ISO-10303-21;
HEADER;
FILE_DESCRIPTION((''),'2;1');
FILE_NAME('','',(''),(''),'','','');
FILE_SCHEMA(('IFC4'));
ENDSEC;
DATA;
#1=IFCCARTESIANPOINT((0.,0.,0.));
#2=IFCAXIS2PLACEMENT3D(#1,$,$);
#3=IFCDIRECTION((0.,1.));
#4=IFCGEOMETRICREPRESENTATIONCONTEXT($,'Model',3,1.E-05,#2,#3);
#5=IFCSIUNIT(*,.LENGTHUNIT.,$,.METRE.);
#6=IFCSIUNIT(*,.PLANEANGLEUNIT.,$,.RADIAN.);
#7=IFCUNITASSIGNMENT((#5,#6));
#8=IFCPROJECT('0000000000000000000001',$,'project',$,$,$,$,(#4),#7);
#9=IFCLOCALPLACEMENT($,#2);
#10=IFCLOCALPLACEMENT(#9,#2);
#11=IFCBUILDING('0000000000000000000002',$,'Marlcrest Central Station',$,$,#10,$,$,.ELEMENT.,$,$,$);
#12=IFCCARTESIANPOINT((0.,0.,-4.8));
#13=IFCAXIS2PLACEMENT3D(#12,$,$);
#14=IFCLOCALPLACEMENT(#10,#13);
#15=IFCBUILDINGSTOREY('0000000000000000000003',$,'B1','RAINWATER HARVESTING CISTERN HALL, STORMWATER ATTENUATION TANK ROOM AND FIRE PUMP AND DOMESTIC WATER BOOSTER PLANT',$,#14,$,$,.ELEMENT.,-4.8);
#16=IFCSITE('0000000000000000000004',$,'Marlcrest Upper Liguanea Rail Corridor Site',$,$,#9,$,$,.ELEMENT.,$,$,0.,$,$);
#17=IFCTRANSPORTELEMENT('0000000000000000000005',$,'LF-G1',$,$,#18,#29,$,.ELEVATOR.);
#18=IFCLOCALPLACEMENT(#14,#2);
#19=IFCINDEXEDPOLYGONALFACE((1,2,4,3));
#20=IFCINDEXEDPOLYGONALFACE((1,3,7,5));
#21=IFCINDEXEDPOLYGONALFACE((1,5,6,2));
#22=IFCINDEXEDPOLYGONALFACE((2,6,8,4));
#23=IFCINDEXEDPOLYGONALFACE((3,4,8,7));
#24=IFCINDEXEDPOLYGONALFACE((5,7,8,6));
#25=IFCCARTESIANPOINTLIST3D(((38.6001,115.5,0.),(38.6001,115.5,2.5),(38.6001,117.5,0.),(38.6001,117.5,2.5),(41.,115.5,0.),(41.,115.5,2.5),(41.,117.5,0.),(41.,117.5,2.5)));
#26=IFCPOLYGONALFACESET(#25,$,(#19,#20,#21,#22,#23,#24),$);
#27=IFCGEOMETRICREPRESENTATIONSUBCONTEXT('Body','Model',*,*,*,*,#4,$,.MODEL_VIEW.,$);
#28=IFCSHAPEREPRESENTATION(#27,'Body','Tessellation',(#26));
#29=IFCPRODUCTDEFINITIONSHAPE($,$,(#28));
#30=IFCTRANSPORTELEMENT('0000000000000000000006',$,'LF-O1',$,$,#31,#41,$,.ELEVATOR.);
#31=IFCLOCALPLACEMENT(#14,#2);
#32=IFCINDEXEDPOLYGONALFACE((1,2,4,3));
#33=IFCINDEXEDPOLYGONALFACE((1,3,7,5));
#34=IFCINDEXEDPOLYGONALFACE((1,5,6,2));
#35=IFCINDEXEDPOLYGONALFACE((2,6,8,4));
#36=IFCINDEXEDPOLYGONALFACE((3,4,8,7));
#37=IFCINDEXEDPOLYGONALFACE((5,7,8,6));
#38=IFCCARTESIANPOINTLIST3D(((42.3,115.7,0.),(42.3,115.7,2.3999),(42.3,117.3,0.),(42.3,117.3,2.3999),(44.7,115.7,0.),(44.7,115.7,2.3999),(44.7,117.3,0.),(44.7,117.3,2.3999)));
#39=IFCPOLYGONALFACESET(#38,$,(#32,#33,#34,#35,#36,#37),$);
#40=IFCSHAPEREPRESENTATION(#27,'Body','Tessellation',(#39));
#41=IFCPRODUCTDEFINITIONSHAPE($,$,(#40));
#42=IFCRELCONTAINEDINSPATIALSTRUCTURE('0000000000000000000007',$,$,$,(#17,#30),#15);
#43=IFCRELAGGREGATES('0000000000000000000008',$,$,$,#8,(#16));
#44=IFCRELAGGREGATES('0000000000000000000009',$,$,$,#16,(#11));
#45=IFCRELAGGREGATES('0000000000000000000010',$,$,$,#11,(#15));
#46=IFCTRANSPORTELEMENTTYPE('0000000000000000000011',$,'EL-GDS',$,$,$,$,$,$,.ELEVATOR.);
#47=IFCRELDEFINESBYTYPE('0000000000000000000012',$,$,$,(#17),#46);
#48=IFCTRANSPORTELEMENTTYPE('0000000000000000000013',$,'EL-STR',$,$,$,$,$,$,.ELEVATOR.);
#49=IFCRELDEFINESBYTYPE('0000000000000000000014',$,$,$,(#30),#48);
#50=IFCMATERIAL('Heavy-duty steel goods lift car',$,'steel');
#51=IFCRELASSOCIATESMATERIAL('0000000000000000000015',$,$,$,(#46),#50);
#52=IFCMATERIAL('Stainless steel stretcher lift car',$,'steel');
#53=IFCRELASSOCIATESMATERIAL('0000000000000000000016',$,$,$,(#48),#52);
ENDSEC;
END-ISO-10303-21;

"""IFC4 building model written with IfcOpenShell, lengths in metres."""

from ifc_helpers import new_model, si_unit, direction, frame, origin, origin_2d, place, context, subcontext, project, spatial, rectangle, extrude, material, type_object, element, save


model = new_model("IFC4")

# Units and contexts
model_context = context("Model", 3, precision=1e-05, world=origin(), true_north=direction((0.0, 1.0)))
body_context = subcontext(model_context, "Body", "Model", "MODEL_VIEW")
ifc_project = project(units=[si_unit("LENGTHUNIT", "METRE"), si_unit("PLANEANGLEUNIT", "RADIAN")], contexts=[model_context])

# Site, building, storey
site_placement = place(None, origin())
site = spatial("IfcSite", under=ifc_project, at=site_placement, Name="Marlcrest Upper Liguanea Rail Corridor Site", CompositionType="ELEMENT", RefElevation=0.0)
building_placement = place(site_placement, origin())
building = spatial("IfcBuilding", under=site, at=building_placement, Name="Marlcrest Central Station", CompositionType="ELEMENT")
storey_placement = place(building_placement, frame((0.0, 0.0, -4.8)))
storey = spatial("IfcBuildingStorey", under=building, at=storey_placement, Name="B1", Description="RAINWATER HARVESTING CISTERN HALL, STORMWATER ATTENUATION TANK ROOM AND FIRE PUMP AND DOMESTIC WATER BOOSTER PLANT", CompositionType="ELEMENT", Elevation=-4.8)

# Transport elements
ifc_material_1 = material(Name="Heavy-duty steel goods lift car", Category="steel")
transport_element_type_1 = type_object("IfcTransportElementType", Name="EL-GDS", PredefinedType="ELEVATOR", material=ifc_material_1)
transport_element_1_placement = place(storey_placement, frame((39.8, 116.5, 0.0), z_axis=(0.0, 0.0, 1.0), x_axis=(1.0, 0.0, 0.0)))
element("IfcTransportElement", 1, at=transport_element_1_placement, inside=storey, type_object=transport_element_type_1, Name="LF-G1", PredefinedType="ELEVATOR", context=body_context, shape_type="SweptSolid", body=[
    extrude(rectangle(XDim=2.3999, YDim=2.0, at=origin_2d()), origin(), (0.0, 0.0, 1.0), 2.5),
])
ifc_material_2 = material(Name="Stainless steel stretcher lift car", Category="steel")
transport_element_type_2 = type_object("IfcTransportElementType", Name="EL-STR", PredefinedType="ELEVATOR", material=ifc_material_2)
transport_element_2_placement = place(storey_placement, frame((43.5, 116.5, 0.0), z_axis=(0.0, 0.0, 1.0), x_axis=(1.0, 0.0, 0.0)))
element("IfcTransportElement", 2, at=transport_element_2_placement, inside=storey, type_object=transport_element_type_2, Name="LF-O1", PredefinedType="ELEVATOR", context=body_context, shape_type="SweptSolid", body=[
    extrude(rectangle(XDim=2.3999, YDim=1.6001, at=origin_2d()), origin(), (0.0, 0.0, 1.0), 2.3999),
])

save(model, "model.ifc")
